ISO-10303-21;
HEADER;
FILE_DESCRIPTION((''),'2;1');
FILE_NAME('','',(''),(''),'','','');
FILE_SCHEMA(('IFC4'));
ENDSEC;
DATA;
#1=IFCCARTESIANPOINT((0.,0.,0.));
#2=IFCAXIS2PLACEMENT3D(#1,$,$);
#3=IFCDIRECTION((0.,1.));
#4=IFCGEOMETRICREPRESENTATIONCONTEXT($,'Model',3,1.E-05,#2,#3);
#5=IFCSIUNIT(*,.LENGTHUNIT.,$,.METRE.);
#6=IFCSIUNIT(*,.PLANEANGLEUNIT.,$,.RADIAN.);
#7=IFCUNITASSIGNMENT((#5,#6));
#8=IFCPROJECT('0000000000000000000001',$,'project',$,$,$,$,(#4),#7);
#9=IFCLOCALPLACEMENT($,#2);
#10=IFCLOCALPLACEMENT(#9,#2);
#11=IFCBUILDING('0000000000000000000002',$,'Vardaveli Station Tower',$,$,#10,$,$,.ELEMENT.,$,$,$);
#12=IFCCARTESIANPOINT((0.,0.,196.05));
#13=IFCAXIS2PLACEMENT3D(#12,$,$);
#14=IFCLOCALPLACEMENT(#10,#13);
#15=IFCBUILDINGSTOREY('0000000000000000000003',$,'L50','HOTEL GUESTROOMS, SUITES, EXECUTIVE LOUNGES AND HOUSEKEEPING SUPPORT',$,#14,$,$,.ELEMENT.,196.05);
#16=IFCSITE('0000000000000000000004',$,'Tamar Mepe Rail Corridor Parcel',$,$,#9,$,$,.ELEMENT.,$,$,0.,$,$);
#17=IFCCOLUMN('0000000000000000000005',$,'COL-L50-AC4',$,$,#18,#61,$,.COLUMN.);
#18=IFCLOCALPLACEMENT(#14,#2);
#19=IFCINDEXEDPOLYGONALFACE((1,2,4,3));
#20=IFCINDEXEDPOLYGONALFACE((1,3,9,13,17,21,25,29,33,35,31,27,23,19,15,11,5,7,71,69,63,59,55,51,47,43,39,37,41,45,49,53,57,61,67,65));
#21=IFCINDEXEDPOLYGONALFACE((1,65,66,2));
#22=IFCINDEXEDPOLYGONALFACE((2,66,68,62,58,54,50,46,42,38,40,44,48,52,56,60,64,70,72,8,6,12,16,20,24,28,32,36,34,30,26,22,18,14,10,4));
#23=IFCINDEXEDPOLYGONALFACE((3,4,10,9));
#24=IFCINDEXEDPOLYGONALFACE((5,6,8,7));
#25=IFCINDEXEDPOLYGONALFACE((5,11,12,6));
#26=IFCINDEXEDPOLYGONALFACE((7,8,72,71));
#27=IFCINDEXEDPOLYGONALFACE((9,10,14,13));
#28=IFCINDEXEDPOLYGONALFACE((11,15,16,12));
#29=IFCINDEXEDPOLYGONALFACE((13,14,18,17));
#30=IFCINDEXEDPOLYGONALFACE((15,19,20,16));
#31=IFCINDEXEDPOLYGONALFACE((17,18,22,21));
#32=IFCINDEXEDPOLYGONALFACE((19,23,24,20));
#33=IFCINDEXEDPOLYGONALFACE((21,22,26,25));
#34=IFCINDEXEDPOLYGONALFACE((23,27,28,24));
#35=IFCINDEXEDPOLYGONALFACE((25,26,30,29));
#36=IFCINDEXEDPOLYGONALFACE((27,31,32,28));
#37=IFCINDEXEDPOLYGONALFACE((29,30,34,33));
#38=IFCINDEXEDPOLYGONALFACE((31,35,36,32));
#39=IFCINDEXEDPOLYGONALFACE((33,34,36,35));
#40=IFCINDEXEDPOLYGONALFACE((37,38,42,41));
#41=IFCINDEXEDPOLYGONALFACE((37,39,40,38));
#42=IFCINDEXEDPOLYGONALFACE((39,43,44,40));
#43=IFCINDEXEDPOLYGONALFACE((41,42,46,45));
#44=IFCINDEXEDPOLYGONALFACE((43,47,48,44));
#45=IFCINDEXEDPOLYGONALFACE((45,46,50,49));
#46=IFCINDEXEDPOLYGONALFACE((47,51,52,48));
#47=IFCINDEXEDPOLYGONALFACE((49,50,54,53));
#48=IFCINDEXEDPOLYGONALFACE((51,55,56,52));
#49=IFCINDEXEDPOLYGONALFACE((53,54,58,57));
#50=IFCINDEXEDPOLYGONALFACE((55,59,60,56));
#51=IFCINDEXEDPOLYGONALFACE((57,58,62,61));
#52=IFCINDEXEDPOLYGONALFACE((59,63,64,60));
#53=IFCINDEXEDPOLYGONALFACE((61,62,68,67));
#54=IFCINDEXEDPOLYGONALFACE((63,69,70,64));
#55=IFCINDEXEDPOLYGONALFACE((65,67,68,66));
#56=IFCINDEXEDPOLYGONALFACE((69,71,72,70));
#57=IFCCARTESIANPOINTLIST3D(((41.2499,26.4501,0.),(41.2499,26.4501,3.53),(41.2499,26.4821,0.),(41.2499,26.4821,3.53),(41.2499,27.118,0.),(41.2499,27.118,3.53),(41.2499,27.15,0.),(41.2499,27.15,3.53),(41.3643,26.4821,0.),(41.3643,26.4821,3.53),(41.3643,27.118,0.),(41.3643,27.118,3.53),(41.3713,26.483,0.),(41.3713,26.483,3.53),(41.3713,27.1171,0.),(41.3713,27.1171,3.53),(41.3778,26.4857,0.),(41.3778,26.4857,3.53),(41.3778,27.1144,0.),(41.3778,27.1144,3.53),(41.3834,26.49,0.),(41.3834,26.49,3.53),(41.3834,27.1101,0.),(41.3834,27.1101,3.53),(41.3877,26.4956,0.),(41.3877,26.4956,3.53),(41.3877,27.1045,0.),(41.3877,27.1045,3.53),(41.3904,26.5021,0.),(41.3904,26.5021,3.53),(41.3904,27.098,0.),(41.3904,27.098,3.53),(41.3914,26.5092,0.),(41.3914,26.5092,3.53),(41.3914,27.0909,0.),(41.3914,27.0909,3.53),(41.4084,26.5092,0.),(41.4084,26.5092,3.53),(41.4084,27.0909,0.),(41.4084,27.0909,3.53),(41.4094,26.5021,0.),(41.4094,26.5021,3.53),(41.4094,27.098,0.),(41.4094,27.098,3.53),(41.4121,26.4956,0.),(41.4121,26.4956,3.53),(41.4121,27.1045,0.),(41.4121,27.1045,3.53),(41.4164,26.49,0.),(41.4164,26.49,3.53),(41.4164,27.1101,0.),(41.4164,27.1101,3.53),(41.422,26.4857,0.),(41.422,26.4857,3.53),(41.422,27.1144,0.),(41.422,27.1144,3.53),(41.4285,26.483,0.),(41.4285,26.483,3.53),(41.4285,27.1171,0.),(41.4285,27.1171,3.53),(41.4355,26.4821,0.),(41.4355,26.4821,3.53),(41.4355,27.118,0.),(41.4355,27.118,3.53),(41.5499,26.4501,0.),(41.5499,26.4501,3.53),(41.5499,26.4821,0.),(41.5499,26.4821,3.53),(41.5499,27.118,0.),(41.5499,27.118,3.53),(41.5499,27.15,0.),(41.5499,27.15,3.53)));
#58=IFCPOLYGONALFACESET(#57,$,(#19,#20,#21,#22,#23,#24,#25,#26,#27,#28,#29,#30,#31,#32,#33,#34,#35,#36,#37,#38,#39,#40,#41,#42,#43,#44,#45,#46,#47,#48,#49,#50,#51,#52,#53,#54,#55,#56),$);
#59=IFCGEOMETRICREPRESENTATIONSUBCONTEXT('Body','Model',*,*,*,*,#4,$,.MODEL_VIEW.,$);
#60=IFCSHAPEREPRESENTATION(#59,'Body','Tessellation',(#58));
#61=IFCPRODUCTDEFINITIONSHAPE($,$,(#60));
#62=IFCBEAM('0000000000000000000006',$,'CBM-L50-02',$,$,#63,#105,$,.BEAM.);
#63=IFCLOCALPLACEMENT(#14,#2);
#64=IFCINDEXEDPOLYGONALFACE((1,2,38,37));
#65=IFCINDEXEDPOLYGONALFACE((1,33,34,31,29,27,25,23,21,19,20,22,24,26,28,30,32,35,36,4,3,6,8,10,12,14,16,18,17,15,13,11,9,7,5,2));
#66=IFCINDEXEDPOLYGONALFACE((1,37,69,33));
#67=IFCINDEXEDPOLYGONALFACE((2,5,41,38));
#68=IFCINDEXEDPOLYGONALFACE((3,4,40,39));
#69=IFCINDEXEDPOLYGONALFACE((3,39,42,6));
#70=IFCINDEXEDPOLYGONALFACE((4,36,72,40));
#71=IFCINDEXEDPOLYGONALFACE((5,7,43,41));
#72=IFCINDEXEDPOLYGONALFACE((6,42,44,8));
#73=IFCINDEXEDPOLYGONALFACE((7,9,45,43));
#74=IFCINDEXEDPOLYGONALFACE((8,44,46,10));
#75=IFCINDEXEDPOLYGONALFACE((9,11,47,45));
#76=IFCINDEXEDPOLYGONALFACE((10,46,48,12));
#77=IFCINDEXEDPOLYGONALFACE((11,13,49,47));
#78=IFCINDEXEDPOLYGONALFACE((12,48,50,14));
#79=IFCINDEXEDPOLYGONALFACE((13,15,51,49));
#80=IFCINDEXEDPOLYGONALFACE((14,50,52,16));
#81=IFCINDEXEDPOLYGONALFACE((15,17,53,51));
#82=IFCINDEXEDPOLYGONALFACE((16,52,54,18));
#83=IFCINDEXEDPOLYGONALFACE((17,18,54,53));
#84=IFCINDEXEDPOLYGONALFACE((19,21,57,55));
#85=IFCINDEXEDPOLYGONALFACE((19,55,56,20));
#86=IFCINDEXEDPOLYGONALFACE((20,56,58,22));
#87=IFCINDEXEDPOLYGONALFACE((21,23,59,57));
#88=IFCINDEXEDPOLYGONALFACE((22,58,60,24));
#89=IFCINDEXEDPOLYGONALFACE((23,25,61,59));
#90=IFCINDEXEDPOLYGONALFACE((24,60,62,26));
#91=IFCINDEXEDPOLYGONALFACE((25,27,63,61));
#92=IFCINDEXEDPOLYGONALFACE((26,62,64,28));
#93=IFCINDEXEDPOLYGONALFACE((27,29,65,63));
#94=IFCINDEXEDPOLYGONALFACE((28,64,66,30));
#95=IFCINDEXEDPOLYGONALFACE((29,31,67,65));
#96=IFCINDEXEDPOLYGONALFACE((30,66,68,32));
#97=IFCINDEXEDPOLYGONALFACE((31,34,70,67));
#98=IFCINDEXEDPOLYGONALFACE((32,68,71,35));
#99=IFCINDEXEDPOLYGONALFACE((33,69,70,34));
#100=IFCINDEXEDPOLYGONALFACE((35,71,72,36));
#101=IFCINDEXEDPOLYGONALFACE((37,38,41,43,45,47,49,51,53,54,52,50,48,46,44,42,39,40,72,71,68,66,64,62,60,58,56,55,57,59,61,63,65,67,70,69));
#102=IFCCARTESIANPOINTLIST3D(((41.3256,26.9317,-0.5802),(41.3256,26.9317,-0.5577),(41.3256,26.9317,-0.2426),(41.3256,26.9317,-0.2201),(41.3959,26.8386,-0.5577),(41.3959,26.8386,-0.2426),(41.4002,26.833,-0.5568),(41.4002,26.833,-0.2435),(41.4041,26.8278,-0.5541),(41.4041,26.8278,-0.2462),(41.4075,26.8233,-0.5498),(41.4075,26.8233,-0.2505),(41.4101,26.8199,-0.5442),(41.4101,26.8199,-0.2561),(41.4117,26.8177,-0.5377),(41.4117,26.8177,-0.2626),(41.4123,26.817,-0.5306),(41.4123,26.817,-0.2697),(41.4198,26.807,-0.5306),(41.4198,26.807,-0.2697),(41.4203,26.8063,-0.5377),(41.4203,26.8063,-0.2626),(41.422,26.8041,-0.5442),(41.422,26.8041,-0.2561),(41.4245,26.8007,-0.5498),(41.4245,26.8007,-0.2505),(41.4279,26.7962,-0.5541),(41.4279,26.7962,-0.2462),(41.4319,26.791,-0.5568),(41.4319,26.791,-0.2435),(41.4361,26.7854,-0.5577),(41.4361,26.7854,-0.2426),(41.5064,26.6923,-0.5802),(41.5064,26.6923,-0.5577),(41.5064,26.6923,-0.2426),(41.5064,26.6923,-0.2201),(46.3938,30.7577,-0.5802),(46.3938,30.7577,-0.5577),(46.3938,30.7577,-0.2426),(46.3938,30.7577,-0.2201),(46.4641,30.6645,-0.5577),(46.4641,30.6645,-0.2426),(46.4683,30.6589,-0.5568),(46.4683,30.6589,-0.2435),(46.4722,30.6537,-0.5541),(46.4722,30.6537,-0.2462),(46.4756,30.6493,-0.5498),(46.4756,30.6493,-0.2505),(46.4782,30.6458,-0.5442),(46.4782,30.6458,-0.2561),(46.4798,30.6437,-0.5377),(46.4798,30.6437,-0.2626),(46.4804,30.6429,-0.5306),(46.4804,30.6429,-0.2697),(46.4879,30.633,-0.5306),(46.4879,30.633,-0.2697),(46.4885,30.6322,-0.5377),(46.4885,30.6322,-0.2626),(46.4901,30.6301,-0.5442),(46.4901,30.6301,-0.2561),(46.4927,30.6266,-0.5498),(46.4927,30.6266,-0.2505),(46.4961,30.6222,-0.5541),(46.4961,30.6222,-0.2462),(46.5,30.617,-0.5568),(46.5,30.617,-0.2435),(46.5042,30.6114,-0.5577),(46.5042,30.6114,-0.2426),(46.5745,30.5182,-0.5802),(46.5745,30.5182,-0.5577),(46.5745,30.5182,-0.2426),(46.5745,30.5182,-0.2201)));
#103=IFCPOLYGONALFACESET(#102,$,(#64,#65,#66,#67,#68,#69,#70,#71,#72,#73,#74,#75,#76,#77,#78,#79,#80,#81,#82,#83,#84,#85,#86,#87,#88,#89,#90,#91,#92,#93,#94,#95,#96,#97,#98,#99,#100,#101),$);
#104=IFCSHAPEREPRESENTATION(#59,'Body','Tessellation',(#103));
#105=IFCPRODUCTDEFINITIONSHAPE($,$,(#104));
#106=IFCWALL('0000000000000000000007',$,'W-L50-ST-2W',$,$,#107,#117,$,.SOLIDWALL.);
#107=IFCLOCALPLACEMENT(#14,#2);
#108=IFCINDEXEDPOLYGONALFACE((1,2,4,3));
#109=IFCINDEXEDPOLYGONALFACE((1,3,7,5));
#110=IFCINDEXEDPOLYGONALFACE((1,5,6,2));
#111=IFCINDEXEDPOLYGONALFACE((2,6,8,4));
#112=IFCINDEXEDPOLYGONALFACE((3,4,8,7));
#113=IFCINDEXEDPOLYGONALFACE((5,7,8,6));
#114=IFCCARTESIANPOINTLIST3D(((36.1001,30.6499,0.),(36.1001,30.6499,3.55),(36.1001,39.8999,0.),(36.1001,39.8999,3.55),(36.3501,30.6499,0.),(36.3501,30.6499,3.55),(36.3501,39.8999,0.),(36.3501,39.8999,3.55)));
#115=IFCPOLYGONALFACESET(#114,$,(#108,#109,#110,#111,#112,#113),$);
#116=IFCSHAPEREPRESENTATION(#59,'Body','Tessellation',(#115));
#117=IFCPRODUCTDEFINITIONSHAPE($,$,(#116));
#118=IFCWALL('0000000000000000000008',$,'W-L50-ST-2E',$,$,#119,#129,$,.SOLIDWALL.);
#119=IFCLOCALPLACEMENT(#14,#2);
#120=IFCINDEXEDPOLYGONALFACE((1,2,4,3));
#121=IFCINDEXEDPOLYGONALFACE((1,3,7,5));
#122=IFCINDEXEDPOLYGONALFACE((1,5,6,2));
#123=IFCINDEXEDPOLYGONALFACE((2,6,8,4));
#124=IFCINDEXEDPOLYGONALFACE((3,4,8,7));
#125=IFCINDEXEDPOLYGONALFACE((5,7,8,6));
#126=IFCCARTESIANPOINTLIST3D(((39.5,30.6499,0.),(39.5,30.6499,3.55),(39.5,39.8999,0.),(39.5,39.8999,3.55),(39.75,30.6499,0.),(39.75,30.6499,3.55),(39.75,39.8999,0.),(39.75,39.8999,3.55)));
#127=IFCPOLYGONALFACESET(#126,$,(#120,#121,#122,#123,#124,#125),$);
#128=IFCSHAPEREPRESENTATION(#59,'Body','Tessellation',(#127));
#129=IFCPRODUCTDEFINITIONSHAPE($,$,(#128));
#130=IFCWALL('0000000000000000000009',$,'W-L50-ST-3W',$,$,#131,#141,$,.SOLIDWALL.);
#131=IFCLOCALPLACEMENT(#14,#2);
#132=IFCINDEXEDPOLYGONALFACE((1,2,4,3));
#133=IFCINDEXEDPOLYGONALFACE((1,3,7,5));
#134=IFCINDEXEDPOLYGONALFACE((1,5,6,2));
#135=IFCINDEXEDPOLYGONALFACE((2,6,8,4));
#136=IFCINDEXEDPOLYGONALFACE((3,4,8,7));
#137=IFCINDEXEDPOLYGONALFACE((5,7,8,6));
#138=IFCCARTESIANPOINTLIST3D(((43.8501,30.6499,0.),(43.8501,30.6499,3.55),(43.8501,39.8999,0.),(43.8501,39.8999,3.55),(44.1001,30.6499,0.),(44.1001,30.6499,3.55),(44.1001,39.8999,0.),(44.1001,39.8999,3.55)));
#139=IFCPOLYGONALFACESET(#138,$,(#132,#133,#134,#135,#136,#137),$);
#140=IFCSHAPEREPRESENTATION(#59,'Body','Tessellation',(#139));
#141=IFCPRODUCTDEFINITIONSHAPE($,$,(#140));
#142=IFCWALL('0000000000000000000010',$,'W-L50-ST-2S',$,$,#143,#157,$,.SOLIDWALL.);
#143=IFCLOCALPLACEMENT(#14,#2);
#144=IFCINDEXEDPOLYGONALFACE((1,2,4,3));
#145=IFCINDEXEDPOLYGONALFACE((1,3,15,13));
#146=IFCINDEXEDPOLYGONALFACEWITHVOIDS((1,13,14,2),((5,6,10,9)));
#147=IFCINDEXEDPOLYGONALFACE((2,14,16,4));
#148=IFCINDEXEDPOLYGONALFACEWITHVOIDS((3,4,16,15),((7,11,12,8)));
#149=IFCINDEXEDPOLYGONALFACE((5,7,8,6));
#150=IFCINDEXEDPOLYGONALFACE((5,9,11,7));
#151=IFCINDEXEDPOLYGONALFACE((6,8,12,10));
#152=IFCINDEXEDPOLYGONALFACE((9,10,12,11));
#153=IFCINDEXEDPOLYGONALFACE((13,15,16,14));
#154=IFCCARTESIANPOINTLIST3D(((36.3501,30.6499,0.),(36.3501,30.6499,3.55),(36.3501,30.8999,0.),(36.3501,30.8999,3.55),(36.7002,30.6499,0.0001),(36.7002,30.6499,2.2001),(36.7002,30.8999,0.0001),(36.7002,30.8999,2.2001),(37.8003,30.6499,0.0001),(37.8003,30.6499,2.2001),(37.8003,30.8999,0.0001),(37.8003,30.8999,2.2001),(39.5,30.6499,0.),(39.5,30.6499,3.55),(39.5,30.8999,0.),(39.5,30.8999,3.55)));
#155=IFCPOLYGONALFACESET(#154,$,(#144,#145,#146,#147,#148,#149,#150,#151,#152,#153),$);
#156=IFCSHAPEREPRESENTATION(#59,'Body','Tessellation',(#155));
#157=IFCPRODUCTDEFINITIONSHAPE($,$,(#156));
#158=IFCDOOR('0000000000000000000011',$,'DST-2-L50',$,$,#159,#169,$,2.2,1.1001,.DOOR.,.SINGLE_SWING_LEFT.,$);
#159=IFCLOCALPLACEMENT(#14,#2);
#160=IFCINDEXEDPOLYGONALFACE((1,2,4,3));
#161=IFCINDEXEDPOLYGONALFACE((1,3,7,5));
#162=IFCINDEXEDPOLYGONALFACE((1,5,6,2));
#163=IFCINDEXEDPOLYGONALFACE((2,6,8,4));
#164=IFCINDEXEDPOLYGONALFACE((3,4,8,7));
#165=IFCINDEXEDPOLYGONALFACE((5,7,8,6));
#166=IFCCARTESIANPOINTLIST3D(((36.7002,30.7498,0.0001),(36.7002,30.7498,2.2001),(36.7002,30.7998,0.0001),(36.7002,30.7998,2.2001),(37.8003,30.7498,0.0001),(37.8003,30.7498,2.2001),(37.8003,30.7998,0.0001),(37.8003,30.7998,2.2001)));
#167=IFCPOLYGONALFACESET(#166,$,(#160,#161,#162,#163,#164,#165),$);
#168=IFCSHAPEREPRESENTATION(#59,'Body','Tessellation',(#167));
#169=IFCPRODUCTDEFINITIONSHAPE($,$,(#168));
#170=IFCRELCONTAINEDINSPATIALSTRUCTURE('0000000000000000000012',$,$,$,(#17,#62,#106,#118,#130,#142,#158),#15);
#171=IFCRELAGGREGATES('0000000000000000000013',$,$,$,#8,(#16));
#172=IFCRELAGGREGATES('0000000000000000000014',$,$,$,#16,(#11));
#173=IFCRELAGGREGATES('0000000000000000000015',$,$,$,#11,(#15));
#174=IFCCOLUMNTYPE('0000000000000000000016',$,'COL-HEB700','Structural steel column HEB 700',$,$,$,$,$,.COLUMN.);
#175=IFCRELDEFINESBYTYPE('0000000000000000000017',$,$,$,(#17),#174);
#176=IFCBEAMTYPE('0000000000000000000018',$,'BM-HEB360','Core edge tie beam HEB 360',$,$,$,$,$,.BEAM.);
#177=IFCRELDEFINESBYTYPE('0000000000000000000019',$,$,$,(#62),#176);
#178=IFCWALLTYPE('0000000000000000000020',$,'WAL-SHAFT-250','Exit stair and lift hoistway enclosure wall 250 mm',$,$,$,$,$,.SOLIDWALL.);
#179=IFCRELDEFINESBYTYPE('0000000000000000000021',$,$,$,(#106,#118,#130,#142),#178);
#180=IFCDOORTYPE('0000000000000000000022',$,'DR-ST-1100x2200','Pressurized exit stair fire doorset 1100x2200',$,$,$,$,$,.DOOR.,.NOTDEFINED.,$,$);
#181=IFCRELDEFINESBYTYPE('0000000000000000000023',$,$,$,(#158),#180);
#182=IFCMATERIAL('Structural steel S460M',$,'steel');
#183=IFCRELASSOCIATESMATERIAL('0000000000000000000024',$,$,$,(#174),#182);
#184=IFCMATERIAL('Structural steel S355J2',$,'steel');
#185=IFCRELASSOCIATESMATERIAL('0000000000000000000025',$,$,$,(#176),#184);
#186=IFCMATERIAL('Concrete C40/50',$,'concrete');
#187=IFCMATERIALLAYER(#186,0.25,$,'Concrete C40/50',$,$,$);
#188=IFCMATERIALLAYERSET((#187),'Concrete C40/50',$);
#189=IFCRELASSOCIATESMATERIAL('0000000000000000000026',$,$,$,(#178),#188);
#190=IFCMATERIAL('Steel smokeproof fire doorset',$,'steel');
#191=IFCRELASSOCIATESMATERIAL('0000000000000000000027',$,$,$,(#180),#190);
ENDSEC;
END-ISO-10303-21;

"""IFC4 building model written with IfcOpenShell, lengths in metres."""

from ifc_helpers import new_model, si_unit, direction, frame, frame_2d, origin, origin_2d, place, context, subcontext, project, spatial, rectangle, i_section, extrude, source, transform, mapped, material, layer, layer_set, material_profile, profile_set, type_object, element, fill, save


model = new_model("IFC4")

# Units and contexts
model_context = context("Model", 3, precision=1e-05, world=origin(), true_north=direction((0.0, 1.0)))
body_context = subcontext(model_context, "Body", "Model", "MODEL_VIEW")
ifc_project = project(units=[si_unit("LENGTHUNIT", "METRE"), si_unit("PLANEANGLEUNIT", "RADIAN")], contexts=[model_context])

# Site, building, storey
site_placement = place(None, origin())
site = spatial("IfcSite", under=ifc_project, at=site_placement, Name="Tamar Mepe Rail Corridor Parcel", CompositionType="ELEMENT", RefElevation=0.0)
building_placement = place(site_placement, origin())
building = spatial("IfcBuilding", under=site, at=building_placement, Name="Vardaveli Station Tower", CompositionType="ELEMENT")
storey_placement = place(building_placement, frame((0.0, 0.0, 196.05)))
storey = spatial("IfcBuildingStorey", under=building, at=storey_placement, Name="L50", Description="HOTEL GUESTROOMS, SUITES, EXECUTIVE LOUNGES AND HOUSEKEEPING SUPPORT", CompositionType="ELEMENT", Elevation=196.05)

# Column
ifc_material_1 = material(Name="Structural steel S460M", Category="steel")
ifc_material_profile_1 = material_profile(ifc_material_1, i_section(OverallWidth=0.3, OverallDepth=0.7, WebThickness=0.0171, FlangeThickness=0.032, FilletRadius=0.0271, at=origin_2d()), Name="HEB 700")
ifc_profile_set_1 = profile_set([ifc_material_profile_1], Name="Structural steel S460M")
column_type = type_object("IfcColumnType", Name="COL-HEB700", Description="Structural steel column HEB 700", PredefinedType="COLUMN", material=ifc_profile_set_1)
shared_shape_1 = source(origin(), body_context, "Body", "SweptSolid", [
    extrude(i_section(OverallWidth=0.3, OverallDepth=0.7, WebThickness=0.0171, FlangeThickness=0.032, FilletRadius=0.0271, at=origin_2d()), origin(), (0.0, 0.0, 1.0), 3.53),
])
column_placement = place(storey_placement, frame((41.3999, 26.8, 0.0), z_axis=(0.0, 0.0, 1.0), x_axis=(1.0, 0.0, 0.0)))
element("IfcColumn", 1, at=column_placement, inside=storey, type_object=column_type, Name="COL-L50-AC4", PredefinedType="COLUMN", context=body_context, shape_type="MappedRepresentation", body=[
    mapped(shared_shape_1, transform((0.0, 0.0, 0.0), scale=1.0)),
])

# Beam
ifc_material_2 = material(Name="Structural steel S355J2", Category="steel")
ifc_material_profile_2 = material_profile(ifc_material_2, i_section(OverallWidth=0.3, OverallDepth=0.3601, WebThickness=0.0125, FlangeThickness=0.0225, FilletRadius=0.0271, at=origin_2d()), Name="HEB 360")
ifc_profile_set_2 = profile_set([ifc_material_profile_2], Name="Structural steel S355J2")
beam_type = type_object("IfcBeamType", Name="BM-HEB360", Description="Core edge tie beam HEB 360", PredefinedType="BEAM", material=ifc_profile_set_2)
shared_shape_2 = source(origin(), body_context, "Body", "SweptSolid", [
    extrude(i_section(OverallWidth=0.3, OverallDepth=0.3601, WebThickness=0.0125, FlangeThickness=0.0225, FilletRadius=0.0271, at=origin_2d()), origin(), (0.0, 0.0, 1.0), 6.3501),
])
beam_placement = place(storey_placement, frame((41.416, 26.812, -0.4001), z_axis=(0.798118, 0.602501, 0.0), x_axis=(-0.602501, 0.798118, 0.0)))
element("IfcBeam", 2, at=beam_placement, inside=storey, type_object=beam_type, Name="CBM-L50-02", PredefinedType="BEAM", context=body_context, shape_type="MappedRepresentation", body=[
    mapped(shared_shape_2, transform((0.0, 0.0, 0.0), scale=1.0)),
])

# Walls
ifc_material_3 = material(Name="Concrete C40/50", Category="concrete")
ifc_layer_1 = layer(ifc_material_3, 0.25, Name="Concrete C40/50")
ifc_layer_set_1 = layer_set([ifc_layer_1], Name="Concrete C40/50")
wall_type_1 = type_object("IfcWallType", Name="WAL-SHAFT-250", Description="Exit stair and lift hoistway enclosure wall 250 mm", PredefinedType="SOLIDWALL", material=ifc_layer_set_1)
shared_shape_3 = source(origin(), body_context, "Body", "SweptSolid", [
    extrude(rectangle(XDim=9.25, YDim=0.25, at=frame_2d((4.625, 0.0))), origin(), (0.0, 0.0, 1.0), 3.55),
])
for number, where, z_axis, x_axis, name in (
    (3, (36.2251, 30.6499, 0.0), (0.0, 0.0, 1.0), (0.0, 1.0, 0.0), "W-L50-ST-2W"),
    (4, (39.625, 30.6499, 0.0), (0.0, 0.0, 1.0), (0.0, 1.0, 0.0), "W-L50-ST-2E"),
    (5, (43.9751, 30.6499, 0.0), (0.0, 0.0, 1.0), (0.0, 1.0, 0.0), "W-L50-ST-3W"),
):
    element("IfcWall", number, at=place(storey_placement, frame(where, z_axis=z_axis, x_axis=x_axis)), inside=storey, type_object=wall_type_1, Name=name, PredefinedType="SOLIDWALL", context=body_context, shape_type="MappedRepresentation", body=[
        mapped(shared_shape_3, transform((0.0, 0.0, 0.0), scale=1.0)),
    ])

# Wall, opening, door
shared_shape_4 = source(origin(), body_context, "Body", "SweptSolid", [
    extrude(rectangle(XDim=3.1499, YDim=0.25, at=frame_2d((1.575, 0.0))), origin(), (0.0, 0.0, 1.0), 3.55),
])
wall_1_placement = place(storey_placement, frame((36.3501, 30.7749, 0.0), z_axis=(0.0, 0.0, 1.0), x_axis=(1.0, 0.0, 0.0)))
wall_1 = element("IfcWall", 6, at=wall_1_placement, inside=storey, type_object=wall_type_1, Name="W-L50-ST-2S", PredefinedType="SOLIDWALL", context=body_context, shape_type="MappedRepresentation", body=[
    mapped(shared_shape_4, transform((0.0, 0.0, 0.0), scale=1.0)),
])
shared_shape_5 = source(origin(), body_context, "Body", "SweptSolid", [
    extrude(rectangle(XDim=1.1001, YDim=2.2, at=frame_2d((0.55, 1.1001))), frame((0.0, 0.135, 0.0), z_axis=(0.0, -1.0, 0.0), x_axis=(1.0, 0.0, 0.0)), (0.0, 0.0, 1.0), 0.27),
])
opening_1_placement = place(wall_1_placement, frame((0.3501, 0.0, 0.0)))
opening_1 = element("IfcOpeningElement", 7, at=opening_1_placement, cuts=wall_1, PredefinedType="OPENING", context=body_context, shape_type="MappedRepresentation", body=[
    mapped(shared_shape_5, transform((0.0, 0.0, 0.0), scale=1.0)),
])
ifc_material_4 = material(Name="Steel smokeproof fire doorset", Category="steel")
door_type_1 = type_object("IfcDoorType", Name="DR-ST-1100x2200", Description="Pressurized exit stair fire doorset 1100x2200", OperationType="NOTDEFINED", PredefinedType="DOOR", material=ifc_material_4)
shared_shape_6 = source(origin(), body_context, "Body", "SweptSolid", [
    extrude(rectangle(XDim=1.1001, YDim=2.2, at=frame_2d((0.55, 1.1001))), frame((0.0, 0.0249, 0.0), z_axis=(0.0, -1.0, 0.0), x_axis=(1.0, 0.0, 0.0)), (0.0, 0.0, 1.0), 0.05),
])
door_1_placement = place(opening_1_placement, origin())
door_1 = element("IfcDoor", 8, at=door_1_placement, inside=storey, type_object=door_type_1, Name="DST-2-L50", OperationType="SINGLE_SWING_LEFT", OverallHeight=2.2, OverallWidth=1.1001, PredefinedType="DOOR", context=body_context, shape_type="MappedRepresentation", body=[
    mapped(shared_shape_6, transform((0.0, 0.0, 0.0), scale=1.0)),
])
fill(opening_1, door_1)

save(model, "model.ifc")
